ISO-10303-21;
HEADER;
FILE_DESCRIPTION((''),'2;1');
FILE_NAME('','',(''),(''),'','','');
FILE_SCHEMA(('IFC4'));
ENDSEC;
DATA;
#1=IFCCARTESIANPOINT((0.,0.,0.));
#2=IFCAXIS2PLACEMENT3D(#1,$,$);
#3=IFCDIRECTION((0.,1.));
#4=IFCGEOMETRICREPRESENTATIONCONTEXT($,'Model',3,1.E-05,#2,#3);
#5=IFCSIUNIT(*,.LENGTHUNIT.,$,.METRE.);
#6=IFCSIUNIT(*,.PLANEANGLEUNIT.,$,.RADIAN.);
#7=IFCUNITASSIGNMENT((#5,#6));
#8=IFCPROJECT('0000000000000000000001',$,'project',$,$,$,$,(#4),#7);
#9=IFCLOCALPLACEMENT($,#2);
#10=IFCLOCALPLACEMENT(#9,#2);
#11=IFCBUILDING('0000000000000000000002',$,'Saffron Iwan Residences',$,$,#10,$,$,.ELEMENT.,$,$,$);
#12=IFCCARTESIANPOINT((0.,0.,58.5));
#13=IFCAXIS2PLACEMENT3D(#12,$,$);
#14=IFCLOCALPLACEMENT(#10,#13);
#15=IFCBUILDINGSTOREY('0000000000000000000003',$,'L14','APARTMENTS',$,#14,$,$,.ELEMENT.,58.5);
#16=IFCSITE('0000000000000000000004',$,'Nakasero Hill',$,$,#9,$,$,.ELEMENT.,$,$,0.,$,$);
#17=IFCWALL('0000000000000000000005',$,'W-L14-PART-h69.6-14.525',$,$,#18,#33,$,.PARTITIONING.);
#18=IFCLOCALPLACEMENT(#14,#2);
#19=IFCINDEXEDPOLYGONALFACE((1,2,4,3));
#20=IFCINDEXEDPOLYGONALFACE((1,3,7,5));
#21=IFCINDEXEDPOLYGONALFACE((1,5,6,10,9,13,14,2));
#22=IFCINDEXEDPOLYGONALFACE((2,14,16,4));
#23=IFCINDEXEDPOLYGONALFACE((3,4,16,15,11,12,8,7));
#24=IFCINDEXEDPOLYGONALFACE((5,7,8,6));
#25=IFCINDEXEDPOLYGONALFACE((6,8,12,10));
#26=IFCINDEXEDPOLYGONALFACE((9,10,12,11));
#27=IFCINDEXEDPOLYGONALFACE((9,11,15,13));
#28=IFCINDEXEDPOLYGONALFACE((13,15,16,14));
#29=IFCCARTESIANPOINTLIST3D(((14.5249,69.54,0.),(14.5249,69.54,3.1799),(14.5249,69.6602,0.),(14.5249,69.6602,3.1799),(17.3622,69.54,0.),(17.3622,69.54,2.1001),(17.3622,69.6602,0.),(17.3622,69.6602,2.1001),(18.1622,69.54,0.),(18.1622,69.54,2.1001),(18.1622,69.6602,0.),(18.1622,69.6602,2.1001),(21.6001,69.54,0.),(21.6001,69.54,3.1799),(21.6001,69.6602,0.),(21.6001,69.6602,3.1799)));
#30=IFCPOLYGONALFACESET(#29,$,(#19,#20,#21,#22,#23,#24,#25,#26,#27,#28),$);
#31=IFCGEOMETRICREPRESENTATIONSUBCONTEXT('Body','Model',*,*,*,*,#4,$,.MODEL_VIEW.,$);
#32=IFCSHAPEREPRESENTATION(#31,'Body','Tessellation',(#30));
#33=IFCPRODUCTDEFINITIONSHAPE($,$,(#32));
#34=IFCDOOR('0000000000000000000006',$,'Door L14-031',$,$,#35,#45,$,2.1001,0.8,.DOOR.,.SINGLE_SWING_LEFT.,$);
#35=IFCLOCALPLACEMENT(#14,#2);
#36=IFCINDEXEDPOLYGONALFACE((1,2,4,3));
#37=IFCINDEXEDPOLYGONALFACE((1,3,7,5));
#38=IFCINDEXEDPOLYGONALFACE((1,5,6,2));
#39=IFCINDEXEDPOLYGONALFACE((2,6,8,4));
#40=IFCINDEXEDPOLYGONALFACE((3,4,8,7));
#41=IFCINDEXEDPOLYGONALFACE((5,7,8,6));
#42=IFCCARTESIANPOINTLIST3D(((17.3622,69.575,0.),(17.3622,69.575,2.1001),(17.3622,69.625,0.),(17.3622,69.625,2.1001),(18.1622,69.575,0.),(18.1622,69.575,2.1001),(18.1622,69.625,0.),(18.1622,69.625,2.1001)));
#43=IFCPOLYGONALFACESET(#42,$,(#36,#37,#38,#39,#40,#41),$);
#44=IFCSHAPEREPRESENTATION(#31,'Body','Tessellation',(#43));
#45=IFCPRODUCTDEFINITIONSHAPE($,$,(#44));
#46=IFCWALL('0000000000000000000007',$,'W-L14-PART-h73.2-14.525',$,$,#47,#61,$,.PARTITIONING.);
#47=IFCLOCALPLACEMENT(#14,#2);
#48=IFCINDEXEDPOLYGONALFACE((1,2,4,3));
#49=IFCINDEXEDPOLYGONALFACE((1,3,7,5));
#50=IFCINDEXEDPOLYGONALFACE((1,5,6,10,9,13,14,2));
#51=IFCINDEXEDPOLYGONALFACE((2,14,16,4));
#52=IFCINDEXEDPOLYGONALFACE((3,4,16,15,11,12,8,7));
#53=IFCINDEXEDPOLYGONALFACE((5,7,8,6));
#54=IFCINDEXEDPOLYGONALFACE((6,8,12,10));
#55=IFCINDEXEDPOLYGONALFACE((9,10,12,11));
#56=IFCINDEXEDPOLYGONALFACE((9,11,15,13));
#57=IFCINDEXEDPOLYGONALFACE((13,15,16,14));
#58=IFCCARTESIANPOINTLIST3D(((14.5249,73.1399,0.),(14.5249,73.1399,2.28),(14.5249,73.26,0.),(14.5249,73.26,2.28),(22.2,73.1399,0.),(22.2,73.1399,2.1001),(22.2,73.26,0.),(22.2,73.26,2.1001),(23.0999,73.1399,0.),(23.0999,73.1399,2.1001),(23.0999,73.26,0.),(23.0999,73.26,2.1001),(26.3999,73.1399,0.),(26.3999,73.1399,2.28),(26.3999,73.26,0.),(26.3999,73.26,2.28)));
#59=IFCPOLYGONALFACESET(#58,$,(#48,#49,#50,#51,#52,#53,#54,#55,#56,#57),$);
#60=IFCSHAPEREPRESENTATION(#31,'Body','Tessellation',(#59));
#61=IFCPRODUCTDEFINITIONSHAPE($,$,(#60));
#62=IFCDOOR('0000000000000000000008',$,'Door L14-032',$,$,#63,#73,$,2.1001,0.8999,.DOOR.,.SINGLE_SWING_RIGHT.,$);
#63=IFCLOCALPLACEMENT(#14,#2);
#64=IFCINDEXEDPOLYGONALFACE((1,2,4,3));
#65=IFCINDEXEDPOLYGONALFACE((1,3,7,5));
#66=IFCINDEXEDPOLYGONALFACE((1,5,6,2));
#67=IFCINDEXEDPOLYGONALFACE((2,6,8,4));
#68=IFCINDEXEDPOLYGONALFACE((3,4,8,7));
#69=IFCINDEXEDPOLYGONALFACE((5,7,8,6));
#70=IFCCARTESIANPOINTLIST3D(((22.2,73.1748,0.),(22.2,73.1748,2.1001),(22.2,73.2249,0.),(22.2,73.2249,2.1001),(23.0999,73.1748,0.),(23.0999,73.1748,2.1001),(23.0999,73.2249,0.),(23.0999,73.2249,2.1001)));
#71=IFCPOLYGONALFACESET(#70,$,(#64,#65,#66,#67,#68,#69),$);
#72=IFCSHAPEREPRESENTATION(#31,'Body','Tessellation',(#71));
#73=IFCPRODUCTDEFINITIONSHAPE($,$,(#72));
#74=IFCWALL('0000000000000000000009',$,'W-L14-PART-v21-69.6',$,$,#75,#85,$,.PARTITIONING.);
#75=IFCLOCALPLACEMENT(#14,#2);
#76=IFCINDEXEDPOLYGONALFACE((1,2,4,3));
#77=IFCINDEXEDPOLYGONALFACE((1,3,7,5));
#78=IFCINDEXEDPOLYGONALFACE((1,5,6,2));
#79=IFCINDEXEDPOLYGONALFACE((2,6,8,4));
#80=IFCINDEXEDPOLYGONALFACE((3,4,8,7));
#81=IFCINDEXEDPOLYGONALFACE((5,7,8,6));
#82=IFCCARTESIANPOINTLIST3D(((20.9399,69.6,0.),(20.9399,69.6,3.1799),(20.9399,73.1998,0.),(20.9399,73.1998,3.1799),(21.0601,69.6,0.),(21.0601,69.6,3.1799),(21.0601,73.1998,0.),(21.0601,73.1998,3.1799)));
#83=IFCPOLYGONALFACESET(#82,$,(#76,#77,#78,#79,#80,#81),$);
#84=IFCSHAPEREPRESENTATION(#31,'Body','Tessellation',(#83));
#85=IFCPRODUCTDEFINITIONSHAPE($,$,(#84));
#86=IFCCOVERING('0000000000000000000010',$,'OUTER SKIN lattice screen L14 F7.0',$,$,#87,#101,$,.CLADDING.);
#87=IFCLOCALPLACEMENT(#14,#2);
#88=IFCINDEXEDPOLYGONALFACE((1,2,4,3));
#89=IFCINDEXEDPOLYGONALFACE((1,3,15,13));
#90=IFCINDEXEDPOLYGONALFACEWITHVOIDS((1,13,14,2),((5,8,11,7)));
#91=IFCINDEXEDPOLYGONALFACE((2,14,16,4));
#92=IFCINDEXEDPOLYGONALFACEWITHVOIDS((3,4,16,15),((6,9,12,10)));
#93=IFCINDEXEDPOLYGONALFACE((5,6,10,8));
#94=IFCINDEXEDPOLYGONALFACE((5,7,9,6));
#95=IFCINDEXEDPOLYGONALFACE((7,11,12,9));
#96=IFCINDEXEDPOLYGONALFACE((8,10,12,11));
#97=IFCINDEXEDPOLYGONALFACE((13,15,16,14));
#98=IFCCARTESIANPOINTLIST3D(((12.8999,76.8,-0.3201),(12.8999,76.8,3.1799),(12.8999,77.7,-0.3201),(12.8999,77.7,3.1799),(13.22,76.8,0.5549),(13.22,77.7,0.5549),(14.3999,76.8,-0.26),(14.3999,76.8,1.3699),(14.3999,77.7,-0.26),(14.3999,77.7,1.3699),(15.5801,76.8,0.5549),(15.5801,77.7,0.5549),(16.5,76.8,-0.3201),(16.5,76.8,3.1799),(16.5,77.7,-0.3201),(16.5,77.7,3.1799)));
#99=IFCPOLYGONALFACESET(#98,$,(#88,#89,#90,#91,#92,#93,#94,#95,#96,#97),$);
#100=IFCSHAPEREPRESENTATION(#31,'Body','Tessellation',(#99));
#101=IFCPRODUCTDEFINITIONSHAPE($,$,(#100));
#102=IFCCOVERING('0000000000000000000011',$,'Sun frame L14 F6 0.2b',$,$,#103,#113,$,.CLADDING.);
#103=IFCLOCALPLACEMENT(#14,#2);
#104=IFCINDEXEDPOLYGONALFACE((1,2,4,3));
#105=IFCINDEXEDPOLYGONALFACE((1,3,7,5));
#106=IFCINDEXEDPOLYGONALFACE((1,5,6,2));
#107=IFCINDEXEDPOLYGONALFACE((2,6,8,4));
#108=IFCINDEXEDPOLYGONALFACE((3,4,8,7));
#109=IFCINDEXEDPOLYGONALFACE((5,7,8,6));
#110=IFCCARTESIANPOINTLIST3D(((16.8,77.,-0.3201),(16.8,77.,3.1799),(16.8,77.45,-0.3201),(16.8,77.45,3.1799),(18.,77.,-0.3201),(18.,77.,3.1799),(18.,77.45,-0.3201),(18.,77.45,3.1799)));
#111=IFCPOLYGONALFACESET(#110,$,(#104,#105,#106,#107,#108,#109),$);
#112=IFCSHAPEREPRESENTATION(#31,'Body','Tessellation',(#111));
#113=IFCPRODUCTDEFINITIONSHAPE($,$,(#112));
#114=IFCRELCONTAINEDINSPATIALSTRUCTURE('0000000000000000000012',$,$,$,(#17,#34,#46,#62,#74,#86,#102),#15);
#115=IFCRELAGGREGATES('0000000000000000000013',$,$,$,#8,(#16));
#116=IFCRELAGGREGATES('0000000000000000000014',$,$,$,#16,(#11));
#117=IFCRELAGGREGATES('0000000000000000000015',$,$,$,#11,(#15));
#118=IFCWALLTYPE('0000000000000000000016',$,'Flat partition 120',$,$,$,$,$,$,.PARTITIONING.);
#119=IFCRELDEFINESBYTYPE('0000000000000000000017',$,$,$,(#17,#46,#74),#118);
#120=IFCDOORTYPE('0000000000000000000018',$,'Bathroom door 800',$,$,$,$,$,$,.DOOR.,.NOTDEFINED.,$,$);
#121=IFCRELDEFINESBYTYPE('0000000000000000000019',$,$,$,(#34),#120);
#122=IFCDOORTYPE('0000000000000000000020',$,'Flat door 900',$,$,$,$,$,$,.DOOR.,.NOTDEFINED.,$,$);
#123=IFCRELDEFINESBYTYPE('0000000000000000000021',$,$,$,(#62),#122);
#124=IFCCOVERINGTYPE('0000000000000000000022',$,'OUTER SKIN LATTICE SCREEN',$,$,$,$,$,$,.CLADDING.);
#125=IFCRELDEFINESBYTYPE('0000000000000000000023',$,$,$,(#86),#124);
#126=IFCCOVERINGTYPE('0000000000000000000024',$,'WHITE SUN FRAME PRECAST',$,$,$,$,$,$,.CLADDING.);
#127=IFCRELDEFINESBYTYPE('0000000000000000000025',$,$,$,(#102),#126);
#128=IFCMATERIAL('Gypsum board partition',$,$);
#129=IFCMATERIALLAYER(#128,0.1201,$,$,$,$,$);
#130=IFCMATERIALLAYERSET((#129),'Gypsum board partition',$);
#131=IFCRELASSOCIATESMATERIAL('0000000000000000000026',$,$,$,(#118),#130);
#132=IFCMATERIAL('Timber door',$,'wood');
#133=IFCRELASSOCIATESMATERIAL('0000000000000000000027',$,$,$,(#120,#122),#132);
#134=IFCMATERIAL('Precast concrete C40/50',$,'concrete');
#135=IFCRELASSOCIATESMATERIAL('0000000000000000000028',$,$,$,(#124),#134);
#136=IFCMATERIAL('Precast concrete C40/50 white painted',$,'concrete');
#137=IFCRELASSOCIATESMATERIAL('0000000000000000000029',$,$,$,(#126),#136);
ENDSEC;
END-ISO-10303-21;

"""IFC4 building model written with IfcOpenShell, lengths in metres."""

from ifc_helpers import new_model, si_unit, direction, frame, frame_2d, origin, place, context, subcontext, project, spatial, polyline, rectangle, outline, extrude, material, layer, layer_set, type_object, element, fill, save


model = new_model("IFC4")

# Units and contexts
model_context = context("Model", 3, precision=1e-05, world=origin(), true_north=direction((0.0, 1.0)))
body_context = subcontext(model_context, "Body", "Model", "MODEL_VIEW")
ifc_project = project(units=[si_unit("LENGTHUNIT", "METRE"), si_unit("PLANEANGLEUNIT", "RADIAN")], contexts=[model_context])

# Site, building, storey
site_placement = place(None, origin())
site = spatial("IfcSite", under=ifc_project, at=site_placement, Name="Nakasero Hill", CompositionType="ELEMENT", RefElevation=0.0)
building_placement = place(site_placement, origin())
building = spatial("IfcBuilding", under=site, at=building_placement, Name="Saffron Iwan Residences", CompositionType="ELEMENT")
storey_placement = place(building_placement, frame((0.0, 0.0, 58.5)))
storey = spatial("IfcBuildingStorey", under=building, at=storey_placement, Name="L14", Description="APARTMENTS", CompositionType="ELEMENT", Elevation=58.5)

# Walls, openings, doors
ifc_material_1 = material(Name="Gypsum board partition")
ifc_layer_1 = layer(ifc_material_1, 0.1201)
ifc_layer_set_1 = layer_set([ifc_layer_1], Name="Gypsum board partition")
wall_type_1 = type_object("IfcWallType", Name="Flat partition 120", PredefinedType="PARTITIONING", material=ifc_layer_set_1)
wall_1_placement = place(storey_placement, frame((14.5249, 69.6001, 0.0), z_axis=(0.0, 0.0, 1.0), x_axis=(1.0, 0.0, 0.0)))
wall_1 = element("IfcWall", 1, at=wall_1_placement, inside=storey, type_object=wall_type_1, Name="W-L14-PART-h69.6-14.525", PredefinedType="PARTITIONING", context=body_context, shape_type="SweptSolid", body=[
    extrude(rectangle(XDim=7.0752, YDim=0.1201, at=frame_2d((3.5376, 0.0))), origin(), (0.0, 0.0, 1.0), 3.1799),
])
opening_1_placement = place(wall_1_placement, frame((2.8374, 0.0, 0.0)))
opening_1 = element("IfcOpeningElement", 2, at=opening_1_placement, cuts=wall_1, PredefinedType="OPENING", context=body_context, shape_type="SweptSolid", body=[
    extrude(rectangle(XDim=0.8, YDim=2.1001, at=frame_2d((0.3999, 1.05))), frame((0.0, 0.0701, 0.0), z_axis=(0.0, -1.0, 0.0), x_axis=(1.0, 0.0, 0.0)), (0.0, 0.0, 1.0), 0.1401),
])
ifc_material_2 = material(Name="Timber door", Category="wood")
door_type_1 = type_object("IfcDoorType", Name="Bathroom door 800", OperationType="NOTDEFINED", PredefinedType="DOOR", material=ifc_material_2)
door_1_placement = place(opening_1_placement, origin())
door_1 = element("IfcDoor", 3, at=door_1_placement, inside=storey, type_object=door_type_1, Name="Door L14-031", OperationType="SINGLE_SWING_LEFT", OverallHeight=2.1001, OverallWidth=0.8, PredefinedType="DOOR", context=body_context, shape_type="SweptSolid", body=[
    extrude(rectangle(XDim=0.8, YDim=2.1001, at=frame_2d((0.3999, 1.05))), frame((0.0, 0.0249, 0.0), z_axis=(0.0, -1.0, 0.0), x_axis=(1.0, 0.0, 0.0)), (0.0, 0.0, 1.0), 0.05),
])
fill(opening_1, door_1)
wall_2_placement = place(storey_placement, frame((14.5249, 73.2, 0.0), z_axis=(0.0, 0.0, 1.0), x_axis=(1.0, 0.0, 0.0)))
wall_2 = element("IfcWall", 4, at=wall_2_placement, inside=storey, type_object=wall_type_1, Name="W-L14-PART-h73.2-14.525", PredefinedType="PARTITIONING", context=body_context, shape_type="SweptSolid", body=[
    extrude(rectangle(XDim=11.875, YDim=0.1201, at=frame_2d((5.9375, 0.0))), origin(), (0.0, 0.0, 1.0), 2.28),
])
opening_2_placement = place(wall_2_placement, frame((7.675, 0.0, 0.0)))
opening_2 = element("IfcOpeningElement", 5, at=opening_2_placement, cuts=wall_2, PredefinedType="OPENING", context=body_context, shape_type="SweptSolid", body=[
    extrude(rectangle(XDim=0.8999, YDim=2.1001, at=frame_2d((0.45, 1.05))), frame((0.0, 0.0701, 0.0), z_axis=(0.0, -1.0, 0.0), x_axis=(1.0, 0.0, 0.0)), (0.0, 0.0, 1.0), 0.1401),
])
door_type_2 = type_object("IfcDoorType", Name="Flat door 900", OperationType="NOTDEFINED", PredefinedType="DOOR", material=ifc_material_2)
door_2_placement = place(opening_2_placement, origin())
door_2 = element("IfcDoor", 6, at=door_2_placement, inside=storey, type_object=door_type_2, Name="Door L14-032", OperationType="SINGLE_SWING_RIGHT", OverallHeight=2.1001, OverallWidth=0.8999, PredefinedType="DOOR", context=body_context, shape_type="SweptSolid", body=[
    extrude(rectangle(XDim=0.8999, YDim=2.1001, at=frame_2d((0.45, 1.05))), frame((0.0, 0.0249, 0.0), z_axis=(0.0, -1.0, 0.0), x_axis=(1.0, 0.0, 0.0)), (0.0, 0.0, 1.0), 0.05),
])
fill(opening_2, door_2)

# Wall
wall_3_placement = place(storey_placement, frame((21.0, 69.6001, 0.0), z_axis=(0.0, 0.0, 1.0), x_axis=(0.0, 1.0, 0.0)))
element("IfcWall", 7, at=wall_3_placement, inside=storey, type_object=wall_type_1, Name="W-L14-PART-v21-69.6", PredefinedType="PARTITIONING", context=body_context, shape_type="SweptSolid", body=[
    extrude(rectangle(XDim=3.5999, YDim=0.1201, at=frame_2d((1.7998, 0.0))), origin(), (0.0, 0.0, 1.0), 3.1799),
])

# Coverings
ifc_material_3 = material(Name="Precast concrete C40/50", Category="concrete")
covering_type_1 = type_object("IfcCoveringType", Name="OUTER SKIN LATTICE SCREEN", PredefinedType="CLADDING", material=ifc_material_3)
covering_1_placement = place(storey_placement, frame((16.5, 76.8, -0.3201), z_axis=(0.0, 1.0, 0.0), x_axis=(-1.0, 0.0, 0.0)))
element("IfcCovering", 8, at=covering_1_placement, inside=storey, type_object=covering_type_1, Name="OUTER SKIN lattice screen L14 F7.0", PredefinedType="CLADDING", context=body_context, shape_type="SweptSolid", body=[
    extrude(outline(polyline([(0.0, 0.0), (3.6001, 0.0), (3.6001, 3.5), (0.0, 3.5), (0.0, 0.0)]), holes=[polyline([(0.9199, 0.875), (2.1001, 0.0601), (3.28, 0.875), (2.1001, 1.6899), (0.9199, 0.875)])]), origin(), (0.0, 0.0, 1.0), 0.8999),
])
ifc_material_4 = material(Name="Precast concrete C40/50 white painted", Category="concrete")
covering_type_2 = type_object("IfcCoveringType", Name="WHITE SUN FRAME PRECAST", PredefinedType="CLADDING", material=ifc_material_4)
covering_2_placement = place(storey_placement, frame((18.0, 77.45, -0.3201), z_axis=(-1.0, 0.0, 0.0), x_axis=(0.0, -1.0, 0.0)))
element("IfcCovering", 9, at=covering_2_placement, inside=storey, type_object=covering_type_2, Name="Sun frame L14 F6 0.2b", PredefinedType="CLADDING", context=body_context, shape_type="SweptSolid", body=[
    extrude(outline(polyline([(0.0, 0.0), (0.45, 0.0), (0.45, 3.5), (0.0, 3.5), (0.0, 0.0)])), origin(), (0.0, 0.0, 1.0), 1.2),
])

save(model, "model.ifc")
